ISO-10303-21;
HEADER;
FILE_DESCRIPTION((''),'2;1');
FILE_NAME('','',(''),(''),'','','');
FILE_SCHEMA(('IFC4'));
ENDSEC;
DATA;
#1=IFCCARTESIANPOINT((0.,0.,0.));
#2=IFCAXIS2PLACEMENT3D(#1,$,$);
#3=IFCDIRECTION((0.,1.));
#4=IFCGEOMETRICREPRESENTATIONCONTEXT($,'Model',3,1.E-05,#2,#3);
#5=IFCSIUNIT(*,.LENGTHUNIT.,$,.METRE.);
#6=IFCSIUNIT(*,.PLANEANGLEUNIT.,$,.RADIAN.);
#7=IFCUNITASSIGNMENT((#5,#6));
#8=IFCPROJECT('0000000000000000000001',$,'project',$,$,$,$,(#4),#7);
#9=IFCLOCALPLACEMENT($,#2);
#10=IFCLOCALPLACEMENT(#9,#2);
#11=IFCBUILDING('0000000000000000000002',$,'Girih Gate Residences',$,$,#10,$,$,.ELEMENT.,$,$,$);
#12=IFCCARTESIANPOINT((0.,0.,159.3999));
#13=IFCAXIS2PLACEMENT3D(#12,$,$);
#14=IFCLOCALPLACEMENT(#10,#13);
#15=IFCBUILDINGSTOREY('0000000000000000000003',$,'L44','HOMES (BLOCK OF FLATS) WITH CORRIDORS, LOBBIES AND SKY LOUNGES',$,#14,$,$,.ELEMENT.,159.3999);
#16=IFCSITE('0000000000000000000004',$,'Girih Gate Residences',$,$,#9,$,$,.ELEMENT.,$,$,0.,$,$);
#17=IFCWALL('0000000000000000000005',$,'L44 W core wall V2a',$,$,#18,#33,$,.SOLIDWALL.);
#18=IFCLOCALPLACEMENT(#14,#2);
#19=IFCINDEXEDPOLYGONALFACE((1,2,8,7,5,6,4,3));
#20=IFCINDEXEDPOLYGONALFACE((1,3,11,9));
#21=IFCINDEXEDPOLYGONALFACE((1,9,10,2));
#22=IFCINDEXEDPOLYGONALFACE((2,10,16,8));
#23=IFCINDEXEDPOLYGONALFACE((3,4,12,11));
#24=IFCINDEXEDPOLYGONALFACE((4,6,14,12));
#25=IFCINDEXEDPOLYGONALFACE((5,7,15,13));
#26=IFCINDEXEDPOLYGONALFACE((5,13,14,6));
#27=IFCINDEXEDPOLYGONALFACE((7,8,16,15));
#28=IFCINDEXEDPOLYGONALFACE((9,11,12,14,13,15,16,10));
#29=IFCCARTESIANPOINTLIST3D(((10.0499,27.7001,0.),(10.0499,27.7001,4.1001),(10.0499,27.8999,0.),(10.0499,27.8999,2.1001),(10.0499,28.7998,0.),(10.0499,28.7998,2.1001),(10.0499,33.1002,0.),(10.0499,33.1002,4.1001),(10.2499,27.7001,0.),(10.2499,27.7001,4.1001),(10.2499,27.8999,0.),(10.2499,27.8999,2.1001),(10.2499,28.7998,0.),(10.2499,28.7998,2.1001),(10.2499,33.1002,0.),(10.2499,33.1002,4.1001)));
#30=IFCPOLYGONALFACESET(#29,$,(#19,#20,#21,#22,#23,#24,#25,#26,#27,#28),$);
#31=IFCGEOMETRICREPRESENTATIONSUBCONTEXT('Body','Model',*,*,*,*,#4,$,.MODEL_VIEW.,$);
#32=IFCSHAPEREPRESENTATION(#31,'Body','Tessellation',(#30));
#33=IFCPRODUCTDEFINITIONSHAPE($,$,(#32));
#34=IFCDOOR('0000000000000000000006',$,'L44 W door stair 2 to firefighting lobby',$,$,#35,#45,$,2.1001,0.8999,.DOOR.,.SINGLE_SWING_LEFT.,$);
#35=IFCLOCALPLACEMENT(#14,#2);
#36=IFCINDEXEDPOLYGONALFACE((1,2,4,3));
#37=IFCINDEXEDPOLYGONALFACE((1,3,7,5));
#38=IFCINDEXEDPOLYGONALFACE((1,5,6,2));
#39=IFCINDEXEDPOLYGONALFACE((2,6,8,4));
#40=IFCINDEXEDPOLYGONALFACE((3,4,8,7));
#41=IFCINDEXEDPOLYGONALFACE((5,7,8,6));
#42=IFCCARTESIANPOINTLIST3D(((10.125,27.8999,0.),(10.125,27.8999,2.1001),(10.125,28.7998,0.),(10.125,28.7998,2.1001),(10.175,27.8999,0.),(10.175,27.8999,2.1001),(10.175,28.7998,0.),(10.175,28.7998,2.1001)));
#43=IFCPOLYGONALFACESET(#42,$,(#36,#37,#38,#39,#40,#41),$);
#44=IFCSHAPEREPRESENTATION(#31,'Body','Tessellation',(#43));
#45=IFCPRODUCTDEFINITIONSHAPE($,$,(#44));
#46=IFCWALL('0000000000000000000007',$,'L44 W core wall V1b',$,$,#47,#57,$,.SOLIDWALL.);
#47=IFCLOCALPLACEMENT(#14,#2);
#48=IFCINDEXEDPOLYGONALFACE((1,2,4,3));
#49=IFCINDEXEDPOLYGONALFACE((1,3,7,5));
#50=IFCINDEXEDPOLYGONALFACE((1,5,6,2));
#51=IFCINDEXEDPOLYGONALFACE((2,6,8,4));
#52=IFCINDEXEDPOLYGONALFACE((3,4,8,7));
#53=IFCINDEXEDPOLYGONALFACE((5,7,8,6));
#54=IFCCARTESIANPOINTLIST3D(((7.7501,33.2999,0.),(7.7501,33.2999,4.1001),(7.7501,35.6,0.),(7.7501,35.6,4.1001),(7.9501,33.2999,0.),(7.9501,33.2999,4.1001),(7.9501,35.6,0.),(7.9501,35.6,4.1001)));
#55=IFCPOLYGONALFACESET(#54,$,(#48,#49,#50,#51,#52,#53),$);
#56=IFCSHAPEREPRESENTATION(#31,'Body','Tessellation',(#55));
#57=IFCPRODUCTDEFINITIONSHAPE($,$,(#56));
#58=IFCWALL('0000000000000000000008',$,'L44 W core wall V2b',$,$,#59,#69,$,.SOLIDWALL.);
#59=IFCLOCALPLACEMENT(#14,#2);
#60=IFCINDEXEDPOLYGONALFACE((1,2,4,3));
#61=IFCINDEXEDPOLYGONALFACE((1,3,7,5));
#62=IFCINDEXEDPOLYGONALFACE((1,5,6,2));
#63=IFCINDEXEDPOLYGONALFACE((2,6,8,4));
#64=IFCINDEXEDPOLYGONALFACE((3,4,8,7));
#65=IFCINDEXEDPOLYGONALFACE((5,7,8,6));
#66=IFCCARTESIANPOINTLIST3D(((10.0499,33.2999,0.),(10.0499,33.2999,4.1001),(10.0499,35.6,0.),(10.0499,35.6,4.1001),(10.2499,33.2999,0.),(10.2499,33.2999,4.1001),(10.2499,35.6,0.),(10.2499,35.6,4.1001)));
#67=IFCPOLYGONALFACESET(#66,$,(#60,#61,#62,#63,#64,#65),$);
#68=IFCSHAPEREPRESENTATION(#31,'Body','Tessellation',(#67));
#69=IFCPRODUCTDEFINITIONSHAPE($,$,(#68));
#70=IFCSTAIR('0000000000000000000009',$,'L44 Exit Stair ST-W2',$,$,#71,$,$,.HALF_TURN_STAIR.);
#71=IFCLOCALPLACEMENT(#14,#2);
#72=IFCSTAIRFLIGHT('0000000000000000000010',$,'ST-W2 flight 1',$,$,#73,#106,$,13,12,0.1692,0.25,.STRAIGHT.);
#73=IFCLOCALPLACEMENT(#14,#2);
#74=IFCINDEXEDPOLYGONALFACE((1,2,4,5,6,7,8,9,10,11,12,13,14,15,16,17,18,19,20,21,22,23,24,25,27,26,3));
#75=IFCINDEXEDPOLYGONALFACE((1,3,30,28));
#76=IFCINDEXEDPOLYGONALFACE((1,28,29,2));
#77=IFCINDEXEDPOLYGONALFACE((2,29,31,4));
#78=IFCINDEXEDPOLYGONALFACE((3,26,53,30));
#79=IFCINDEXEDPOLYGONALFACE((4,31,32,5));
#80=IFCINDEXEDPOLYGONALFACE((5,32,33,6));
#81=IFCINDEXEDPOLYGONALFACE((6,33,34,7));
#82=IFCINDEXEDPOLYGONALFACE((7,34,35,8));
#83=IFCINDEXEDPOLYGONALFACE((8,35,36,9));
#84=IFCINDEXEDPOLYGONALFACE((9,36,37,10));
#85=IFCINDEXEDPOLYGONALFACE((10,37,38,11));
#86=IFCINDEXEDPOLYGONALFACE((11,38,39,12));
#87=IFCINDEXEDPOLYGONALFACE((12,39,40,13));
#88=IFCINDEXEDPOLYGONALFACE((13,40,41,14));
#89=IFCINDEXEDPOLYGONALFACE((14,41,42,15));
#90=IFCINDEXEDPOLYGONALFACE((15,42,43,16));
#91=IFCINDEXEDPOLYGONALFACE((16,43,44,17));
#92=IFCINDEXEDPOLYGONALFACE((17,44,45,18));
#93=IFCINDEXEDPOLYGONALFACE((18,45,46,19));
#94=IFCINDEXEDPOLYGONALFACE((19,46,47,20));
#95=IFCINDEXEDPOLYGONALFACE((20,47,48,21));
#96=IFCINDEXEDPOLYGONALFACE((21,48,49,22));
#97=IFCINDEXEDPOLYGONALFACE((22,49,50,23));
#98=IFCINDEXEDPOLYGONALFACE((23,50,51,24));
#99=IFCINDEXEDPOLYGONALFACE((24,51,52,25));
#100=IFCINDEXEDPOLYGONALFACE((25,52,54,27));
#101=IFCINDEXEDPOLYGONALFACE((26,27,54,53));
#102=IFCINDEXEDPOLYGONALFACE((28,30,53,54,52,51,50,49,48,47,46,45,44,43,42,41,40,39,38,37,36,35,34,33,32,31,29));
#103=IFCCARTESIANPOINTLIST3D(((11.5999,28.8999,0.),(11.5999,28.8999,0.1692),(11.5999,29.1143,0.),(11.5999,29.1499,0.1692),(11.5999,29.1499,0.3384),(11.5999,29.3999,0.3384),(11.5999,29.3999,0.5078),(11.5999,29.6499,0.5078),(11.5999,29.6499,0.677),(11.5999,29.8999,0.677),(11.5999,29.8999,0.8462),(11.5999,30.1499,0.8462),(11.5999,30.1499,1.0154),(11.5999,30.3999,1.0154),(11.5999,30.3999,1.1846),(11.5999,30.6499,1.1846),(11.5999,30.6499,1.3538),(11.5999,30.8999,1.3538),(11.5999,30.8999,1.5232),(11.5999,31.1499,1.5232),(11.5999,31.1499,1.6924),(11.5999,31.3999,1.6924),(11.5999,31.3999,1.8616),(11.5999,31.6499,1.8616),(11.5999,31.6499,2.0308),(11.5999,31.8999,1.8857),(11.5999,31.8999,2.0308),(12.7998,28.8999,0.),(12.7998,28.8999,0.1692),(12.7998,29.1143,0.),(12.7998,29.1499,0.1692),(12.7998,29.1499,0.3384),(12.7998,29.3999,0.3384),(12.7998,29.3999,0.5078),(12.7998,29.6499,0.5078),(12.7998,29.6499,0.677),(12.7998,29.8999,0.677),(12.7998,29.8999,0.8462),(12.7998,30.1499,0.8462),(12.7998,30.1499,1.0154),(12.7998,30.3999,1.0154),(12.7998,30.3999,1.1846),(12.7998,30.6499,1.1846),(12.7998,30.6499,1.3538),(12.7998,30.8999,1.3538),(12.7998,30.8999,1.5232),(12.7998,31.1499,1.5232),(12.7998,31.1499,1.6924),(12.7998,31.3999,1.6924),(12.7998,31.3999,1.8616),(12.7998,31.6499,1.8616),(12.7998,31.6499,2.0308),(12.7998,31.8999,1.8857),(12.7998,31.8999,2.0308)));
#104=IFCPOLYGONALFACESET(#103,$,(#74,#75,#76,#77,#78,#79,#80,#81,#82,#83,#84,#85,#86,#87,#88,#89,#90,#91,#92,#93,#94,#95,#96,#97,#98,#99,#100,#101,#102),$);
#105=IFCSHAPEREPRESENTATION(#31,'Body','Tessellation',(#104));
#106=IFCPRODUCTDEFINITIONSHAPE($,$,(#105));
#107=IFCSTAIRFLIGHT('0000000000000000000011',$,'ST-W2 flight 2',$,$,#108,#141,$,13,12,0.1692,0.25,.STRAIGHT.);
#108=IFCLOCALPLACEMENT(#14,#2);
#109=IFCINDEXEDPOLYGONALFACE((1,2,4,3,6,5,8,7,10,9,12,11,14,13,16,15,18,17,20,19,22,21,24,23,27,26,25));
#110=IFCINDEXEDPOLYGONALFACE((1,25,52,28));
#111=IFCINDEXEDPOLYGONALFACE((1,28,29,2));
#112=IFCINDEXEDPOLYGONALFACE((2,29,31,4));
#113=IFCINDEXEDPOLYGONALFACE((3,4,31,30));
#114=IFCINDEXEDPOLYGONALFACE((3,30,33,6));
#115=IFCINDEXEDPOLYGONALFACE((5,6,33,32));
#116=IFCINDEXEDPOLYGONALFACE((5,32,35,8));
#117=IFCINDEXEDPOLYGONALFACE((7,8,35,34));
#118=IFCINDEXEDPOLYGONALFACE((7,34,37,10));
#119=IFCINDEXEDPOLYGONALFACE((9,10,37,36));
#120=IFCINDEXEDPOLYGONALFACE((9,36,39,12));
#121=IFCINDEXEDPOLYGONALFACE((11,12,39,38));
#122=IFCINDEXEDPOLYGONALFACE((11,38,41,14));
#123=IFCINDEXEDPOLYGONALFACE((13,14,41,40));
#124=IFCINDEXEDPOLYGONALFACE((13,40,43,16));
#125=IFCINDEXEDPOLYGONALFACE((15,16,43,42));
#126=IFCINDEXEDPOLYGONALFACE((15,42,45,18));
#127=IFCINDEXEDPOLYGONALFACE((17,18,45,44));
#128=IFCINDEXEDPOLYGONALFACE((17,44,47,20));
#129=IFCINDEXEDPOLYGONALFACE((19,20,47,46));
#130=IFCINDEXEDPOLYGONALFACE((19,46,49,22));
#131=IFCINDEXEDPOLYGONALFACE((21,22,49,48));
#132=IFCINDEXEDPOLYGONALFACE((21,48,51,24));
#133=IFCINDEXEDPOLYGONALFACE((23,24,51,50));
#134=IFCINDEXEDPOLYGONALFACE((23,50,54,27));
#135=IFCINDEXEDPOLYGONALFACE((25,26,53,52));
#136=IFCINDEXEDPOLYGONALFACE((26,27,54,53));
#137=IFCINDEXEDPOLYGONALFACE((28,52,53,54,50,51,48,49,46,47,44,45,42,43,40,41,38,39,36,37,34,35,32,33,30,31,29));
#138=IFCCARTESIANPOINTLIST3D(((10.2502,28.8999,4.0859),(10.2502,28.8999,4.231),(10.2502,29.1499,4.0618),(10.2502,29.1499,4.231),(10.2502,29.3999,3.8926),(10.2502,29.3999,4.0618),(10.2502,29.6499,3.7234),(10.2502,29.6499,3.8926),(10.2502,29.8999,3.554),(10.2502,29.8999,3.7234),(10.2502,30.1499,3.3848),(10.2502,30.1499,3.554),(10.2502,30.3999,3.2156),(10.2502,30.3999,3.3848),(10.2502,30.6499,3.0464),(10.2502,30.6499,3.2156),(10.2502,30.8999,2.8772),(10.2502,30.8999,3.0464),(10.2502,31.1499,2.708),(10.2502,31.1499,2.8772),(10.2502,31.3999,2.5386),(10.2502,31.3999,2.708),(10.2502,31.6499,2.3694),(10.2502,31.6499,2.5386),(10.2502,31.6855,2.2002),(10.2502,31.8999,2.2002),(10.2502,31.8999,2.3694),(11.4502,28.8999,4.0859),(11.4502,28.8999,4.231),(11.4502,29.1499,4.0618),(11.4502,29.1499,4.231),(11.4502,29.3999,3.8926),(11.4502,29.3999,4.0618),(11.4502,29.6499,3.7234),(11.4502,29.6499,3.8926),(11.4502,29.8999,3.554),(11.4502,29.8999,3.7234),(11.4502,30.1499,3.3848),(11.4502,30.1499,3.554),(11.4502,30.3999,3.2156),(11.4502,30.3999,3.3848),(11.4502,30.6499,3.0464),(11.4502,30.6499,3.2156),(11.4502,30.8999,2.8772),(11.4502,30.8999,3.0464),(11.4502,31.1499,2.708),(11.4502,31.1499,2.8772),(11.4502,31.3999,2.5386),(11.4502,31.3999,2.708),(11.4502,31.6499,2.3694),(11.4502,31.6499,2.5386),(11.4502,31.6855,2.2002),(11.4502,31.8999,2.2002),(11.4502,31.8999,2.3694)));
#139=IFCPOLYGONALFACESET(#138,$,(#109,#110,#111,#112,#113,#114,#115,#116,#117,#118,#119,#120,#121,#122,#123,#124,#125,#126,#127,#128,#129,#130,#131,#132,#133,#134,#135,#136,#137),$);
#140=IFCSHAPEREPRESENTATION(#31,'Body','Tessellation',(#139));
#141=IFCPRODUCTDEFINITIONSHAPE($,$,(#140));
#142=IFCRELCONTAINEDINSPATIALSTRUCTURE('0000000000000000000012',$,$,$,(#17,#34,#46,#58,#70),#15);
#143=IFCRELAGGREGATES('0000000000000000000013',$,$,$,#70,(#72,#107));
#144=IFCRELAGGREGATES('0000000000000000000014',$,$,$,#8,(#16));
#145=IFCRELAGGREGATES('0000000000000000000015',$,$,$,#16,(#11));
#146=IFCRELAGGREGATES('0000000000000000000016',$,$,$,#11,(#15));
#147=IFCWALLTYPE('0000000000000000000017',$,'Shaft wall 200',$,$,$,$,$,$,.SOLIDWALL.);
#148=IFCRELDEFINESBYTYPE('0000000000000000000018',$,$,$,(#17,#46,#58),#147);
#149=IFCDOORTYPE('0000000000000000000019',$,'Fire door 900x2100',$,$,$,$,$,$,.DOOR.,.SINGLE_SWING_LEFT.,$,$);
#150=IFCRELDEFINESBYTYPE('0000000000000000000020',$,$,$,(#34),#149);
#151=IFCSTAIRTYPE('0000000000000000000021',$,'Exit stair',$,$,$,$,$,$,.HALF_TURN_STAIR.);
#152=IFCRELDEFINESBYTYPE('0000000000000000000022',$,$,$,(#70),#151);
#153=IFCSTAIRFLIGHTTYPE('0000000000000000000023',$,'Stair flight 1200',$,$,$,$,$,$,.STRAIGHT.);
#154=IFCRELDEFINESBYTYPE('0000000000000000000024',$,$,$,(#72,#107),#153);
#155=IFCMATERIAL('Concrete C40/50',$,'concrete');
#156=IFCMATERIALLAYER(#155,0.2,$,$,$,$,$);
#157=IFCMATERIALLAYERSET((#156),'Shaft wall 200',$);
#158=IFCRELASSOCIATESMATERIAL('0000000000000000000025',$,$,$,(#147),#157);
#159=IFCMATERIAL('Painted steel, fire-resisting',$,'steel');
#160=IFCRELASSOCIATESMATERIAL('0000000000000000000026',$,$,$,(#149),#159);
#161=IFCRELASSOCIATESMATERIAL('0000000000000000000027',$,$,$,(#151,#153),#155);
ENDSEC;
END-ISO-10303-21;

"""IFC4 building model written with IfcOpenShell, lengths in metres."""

from ifc_helpers import new_model, si_unit, direction, frame, frame_2d, origin, place, context, subcontext, project, spatial, polyline, rectangle, outline, extrude, material, layer, layer_set, type_object, element, fill, aggregate, save


model = new_model("IFC4")

# Units and contexts
model_context = context("Model", 3, precision=1e-05, world=origin(), true_north=direction((0.0, 1.0)))
body_context = subcontext(model_context, "Body", "Model", "MODEL_VIEW")
ifc_project = project(units=[si_unit("LENGTHUNIT", "METRE"), si_unit("PLANEANGLEUNIT", "RADIAN")], contexts=[model_context])

# Site, building, storey
site_placement = place(None, origin())
site = spatial("IfcSite", under=ifc_project, at=site_placement, Name="Girih Gate Residences", CompositionType="ELEMENT", RefElevation=0.0)
building_placement = place(site_placement, origin())
building = spatial("IfcBuilding", under=site, at=building_placement, Name="Girih Gate Residences", CompositionType="ELEMENT")
storey_placement = place(building_placement, frame((0.0, 0.0, 159.3999)))
storey = spatial("IfcBuildingStorey", under=building, at=storey_placement, Name="L44", Description="HOMES (BLOCK OF FLATS) WITH CORRIDORS, LOBBIES AND SKY LOUNGES", CompositionType="ELEMENT", Elevation=159.3999)

# Shared definitions
ifc_material_1 = material(Name="Painted steel, fire-resisting", Category="steel")

# Shared definitions
ifc_material_2 = material(Name="Concrete C40/50", Category="concrete")

# Wall, opening, door
ifc_layer_1 = layer(ifc_material_2, 0.2)
ifc_layer_set_1 = layer_set([ifc_layer_1], Name="Shaft wall 200")
wall_type_1 = type_object("IfcWallType", Name="Shaft wall 200", PredefinedType="SOLIDWALL", material=ifc_layer_set_1)
door_type_1 = type_object("IfcDoorType", Name="Fire door 900x2100", OperationType="SINGLE_SWING_LEFT", PredefinedType="DOOR", material=ifc_material_1)
wall_1_placement = place(storey_placement, frame((10.1499, 27.7, 0.0), z_axis=(0.0, 0.0, 1.0), x_axis=(0.0, 1.0, 0.0)))
wall_1 = element("IfcWall", 1, at=wall_1_placement, inside=storey, type_object=wall_type_1, Name="L44 W core wall V2a", PredefinedType="SOLIDWALL", context=body_context, shape_type="SweptSolid", body=[
    extrude(rectangle(XDim=5.4001, YDim=0.2, at=frame_2d((2.7002, 0.0))), origin(), (0.0, 0.0, 1.0), 4.1001),
])
opening_1_placement = place(wall_1_placement, frame((0.2, 0.0, 0.0)))
opening_1 = element("IfcOpeningElement", 2, at=opening_1_placement, cuts=wall_1, PredefinedType="OPENING", context=body_context, shape_type="SweptSolid", body=[
    extrude(rectangle(XDim=0.8999, YDim=2.1001, at=frame_2d((0.45, 1.05))), frame((0.0, 0.1099, 0.0), z_axis=(0.0, -1.0, 0.0), x_axis=(1.0, 0.0, 0.0)), (0.0, 0.0, 1.0), 0.22),
])
door_1_placement = place(opening_1_placement, origin())
door_1 = element("IfcDoor", 3, at=door_1_placement, inside=storey, type_object=door_type_1, Name="L44 W door stair 2 to firefighting lobby", OperationType="SINGLE_SWING_LEFT", OverallHeight=2.1001, OverallWidth=0.8999, PredefinedType="DOOR", context=body_context, shape_type="SweptSolid", body=[
    extrude(rectangle(XDim=0.8999, YDim=2.1001, at=frame_2d((0.45, 1.05))), frame((0.0, 0.0249, 0.0), z_axis=(0.0, -1.0, 0.0), x_axis=(1.0, 0.0, 0.0)), (0.0, 0.0, 1.0), 0.05),
])
fill(opening_1, door_1)

# Walls
for number, where, z_axis, x_axis, name in (
    (4, (7.8501, 33.3, 0.0), (0.0, 0.0, 1.0), (0.0, 1.0, 0.0), "L44 W core wall V1b"),
    (5, (10.1499, 33.3, 0.0), (0.0, 0.0, 1.0), (0.0, 1.0, 0.0), "L44 W core wall V2b"),
):
    element("IfcWall", number, at=place(storey_placement, frame(where, z_axis=z_axis, x_axis=x_axis)), inside=storey, type_object=wall_type_1, Name=name, PredefinedType="SOLIDWALL", context=body_context, shape_type="SweptSolid", body=[
        extrude(rectangle(XDim=2.3, YDim=0.2, at=frame_2d((1.1499, 0.0))), origin(), (0.0, 0.0, 1.0), 4.1001),
    ])

# Stair, stair flights
stair_type = type_object("IfcStairType", Name="Exit stair", PredefinedType="HALF_TURN_STAIR", material=ifc_material_2)
stair_placement = place(storey_placement, origin())
stair = element("IfcStair", 6, at=stair_placement, inside=storey, type_object=stair_type, Name="L44 Exit Stair ST-W2", PredefinedType="HALF_TURN_STAIR")
stair_flight_type = type_object("IfcStairFlightType", Name="Stair flight 1200", PredefinedType="STRAIGHT", material=ifc_material_2)
stair_flight_1_placement = place(storey_placement, frame((12.2, 28.8999, 0.0), z_axis=(0.0, 0.0, 1.0), x_axis=(0.0, 1.0, 0.0)))
stair_flight_1 = element("IfcStairFlight", 7, at=stair_flight_1_placement, type_object=stair_flight_type, Name="ST-W2 flight 1", NumberOfRisers=13, NumberOfTreads=12, PredefinedType="STRAIGHT", RiserHeight=0.1692, TreadLength=0.25, context=body_context, shape_type="SweptSolid", body=[
    extrude(outline(polyline([(0.0, 0.0), (0.0, 0.1692), (0.25, 0.1692), (0.25, 0.3384), (0.5, 0.3384), (0.5, 0.5078), (0.75, 0.5078), (0.75, 0.677), (1.0, 0.677), (1.0, 0.8462), (1.25, 0.8462), (1.25, 1.0154), (1.5, 1.0154), (1.5, 1.1846), (1.75, 1.1846), (1.75, 1.3538), (2.0, 1.3538), (2.0, 1.5232), (2.25, 1.5232), (2.25, 1.6924), (2.5, 1.6924), (2.5, 1.8616), (2.75, 1.8616), (2.75, 2.0308), (3.0, 2.0308), (3.0, 2.2), (3.0, 1.8857), (0.2144, 0.0), (0.0, 0.0)])), frame((0.0, 0.6001, 0.0), z_axis=(0.0, -1.0, 0.0), x_axis=(1.0, 0.0, 0.0)), (0.0, 0.0, 1.0), 1.2),
])
stair_flight_2_placement = place(storey_placement, frame((10.8501, 31.8999, 2.2002), z_axis=(0.0, 0.0, 1.0), x_axis=(0.0, -1.0, 0.0)))
stair_flight_2 = element("IfcStairFlight", 8, at=stair_flight_2_placement, type_object=stair_flight_type, Name="ST-W2 flight 2", NumberOfRisers=13, NumberOfTreads=12, PredefinedType="STRAIGHT", RiserHeight=0.1692, TreadLength=0.25, context=body_context, shape_type="SweptSolid", body=[
    extrude(outline(polyline([(0.0, 0.0), (0.0, 0.1692), (0.25, 0.1692), (0.25, 0.3384), (0.5, 0.3384), (0.5, 0.5078), (0.75, 0.5078), (0.75, 0.677), (1.0, 0.677), (1.0, 0.8462), (1.25, 0.8462), (1.25, 1.0154), (1.5, 1.0154), (1.5, 1.1846), (1.75, 1.1846), (1.75, 1.3538), (2.0, 1.3538), (2.0, 1.5232), (2.25, 1.5232), (2.25, 1.6924), (2.5, 1.6924), (2.5, 1.8616), (2.75, 1.8616), (2.75, 2.0308), (3.0, 2.0308), (3.0, 2.2), (3.0, 1.8857), (0.2144, 0.0), (0.0, 0.0)])), frame((0.0, 0.6001, 0.0), z_axis=(0.0, -1.0, 0.0), x_axis=(1.0, 0.0, 0.0)), (0.0, 0.0, 1.0), 1.2),
])
aggregate(stair, [stair_flight_1, stair_flight_2])

save(model, "model.ifc")
